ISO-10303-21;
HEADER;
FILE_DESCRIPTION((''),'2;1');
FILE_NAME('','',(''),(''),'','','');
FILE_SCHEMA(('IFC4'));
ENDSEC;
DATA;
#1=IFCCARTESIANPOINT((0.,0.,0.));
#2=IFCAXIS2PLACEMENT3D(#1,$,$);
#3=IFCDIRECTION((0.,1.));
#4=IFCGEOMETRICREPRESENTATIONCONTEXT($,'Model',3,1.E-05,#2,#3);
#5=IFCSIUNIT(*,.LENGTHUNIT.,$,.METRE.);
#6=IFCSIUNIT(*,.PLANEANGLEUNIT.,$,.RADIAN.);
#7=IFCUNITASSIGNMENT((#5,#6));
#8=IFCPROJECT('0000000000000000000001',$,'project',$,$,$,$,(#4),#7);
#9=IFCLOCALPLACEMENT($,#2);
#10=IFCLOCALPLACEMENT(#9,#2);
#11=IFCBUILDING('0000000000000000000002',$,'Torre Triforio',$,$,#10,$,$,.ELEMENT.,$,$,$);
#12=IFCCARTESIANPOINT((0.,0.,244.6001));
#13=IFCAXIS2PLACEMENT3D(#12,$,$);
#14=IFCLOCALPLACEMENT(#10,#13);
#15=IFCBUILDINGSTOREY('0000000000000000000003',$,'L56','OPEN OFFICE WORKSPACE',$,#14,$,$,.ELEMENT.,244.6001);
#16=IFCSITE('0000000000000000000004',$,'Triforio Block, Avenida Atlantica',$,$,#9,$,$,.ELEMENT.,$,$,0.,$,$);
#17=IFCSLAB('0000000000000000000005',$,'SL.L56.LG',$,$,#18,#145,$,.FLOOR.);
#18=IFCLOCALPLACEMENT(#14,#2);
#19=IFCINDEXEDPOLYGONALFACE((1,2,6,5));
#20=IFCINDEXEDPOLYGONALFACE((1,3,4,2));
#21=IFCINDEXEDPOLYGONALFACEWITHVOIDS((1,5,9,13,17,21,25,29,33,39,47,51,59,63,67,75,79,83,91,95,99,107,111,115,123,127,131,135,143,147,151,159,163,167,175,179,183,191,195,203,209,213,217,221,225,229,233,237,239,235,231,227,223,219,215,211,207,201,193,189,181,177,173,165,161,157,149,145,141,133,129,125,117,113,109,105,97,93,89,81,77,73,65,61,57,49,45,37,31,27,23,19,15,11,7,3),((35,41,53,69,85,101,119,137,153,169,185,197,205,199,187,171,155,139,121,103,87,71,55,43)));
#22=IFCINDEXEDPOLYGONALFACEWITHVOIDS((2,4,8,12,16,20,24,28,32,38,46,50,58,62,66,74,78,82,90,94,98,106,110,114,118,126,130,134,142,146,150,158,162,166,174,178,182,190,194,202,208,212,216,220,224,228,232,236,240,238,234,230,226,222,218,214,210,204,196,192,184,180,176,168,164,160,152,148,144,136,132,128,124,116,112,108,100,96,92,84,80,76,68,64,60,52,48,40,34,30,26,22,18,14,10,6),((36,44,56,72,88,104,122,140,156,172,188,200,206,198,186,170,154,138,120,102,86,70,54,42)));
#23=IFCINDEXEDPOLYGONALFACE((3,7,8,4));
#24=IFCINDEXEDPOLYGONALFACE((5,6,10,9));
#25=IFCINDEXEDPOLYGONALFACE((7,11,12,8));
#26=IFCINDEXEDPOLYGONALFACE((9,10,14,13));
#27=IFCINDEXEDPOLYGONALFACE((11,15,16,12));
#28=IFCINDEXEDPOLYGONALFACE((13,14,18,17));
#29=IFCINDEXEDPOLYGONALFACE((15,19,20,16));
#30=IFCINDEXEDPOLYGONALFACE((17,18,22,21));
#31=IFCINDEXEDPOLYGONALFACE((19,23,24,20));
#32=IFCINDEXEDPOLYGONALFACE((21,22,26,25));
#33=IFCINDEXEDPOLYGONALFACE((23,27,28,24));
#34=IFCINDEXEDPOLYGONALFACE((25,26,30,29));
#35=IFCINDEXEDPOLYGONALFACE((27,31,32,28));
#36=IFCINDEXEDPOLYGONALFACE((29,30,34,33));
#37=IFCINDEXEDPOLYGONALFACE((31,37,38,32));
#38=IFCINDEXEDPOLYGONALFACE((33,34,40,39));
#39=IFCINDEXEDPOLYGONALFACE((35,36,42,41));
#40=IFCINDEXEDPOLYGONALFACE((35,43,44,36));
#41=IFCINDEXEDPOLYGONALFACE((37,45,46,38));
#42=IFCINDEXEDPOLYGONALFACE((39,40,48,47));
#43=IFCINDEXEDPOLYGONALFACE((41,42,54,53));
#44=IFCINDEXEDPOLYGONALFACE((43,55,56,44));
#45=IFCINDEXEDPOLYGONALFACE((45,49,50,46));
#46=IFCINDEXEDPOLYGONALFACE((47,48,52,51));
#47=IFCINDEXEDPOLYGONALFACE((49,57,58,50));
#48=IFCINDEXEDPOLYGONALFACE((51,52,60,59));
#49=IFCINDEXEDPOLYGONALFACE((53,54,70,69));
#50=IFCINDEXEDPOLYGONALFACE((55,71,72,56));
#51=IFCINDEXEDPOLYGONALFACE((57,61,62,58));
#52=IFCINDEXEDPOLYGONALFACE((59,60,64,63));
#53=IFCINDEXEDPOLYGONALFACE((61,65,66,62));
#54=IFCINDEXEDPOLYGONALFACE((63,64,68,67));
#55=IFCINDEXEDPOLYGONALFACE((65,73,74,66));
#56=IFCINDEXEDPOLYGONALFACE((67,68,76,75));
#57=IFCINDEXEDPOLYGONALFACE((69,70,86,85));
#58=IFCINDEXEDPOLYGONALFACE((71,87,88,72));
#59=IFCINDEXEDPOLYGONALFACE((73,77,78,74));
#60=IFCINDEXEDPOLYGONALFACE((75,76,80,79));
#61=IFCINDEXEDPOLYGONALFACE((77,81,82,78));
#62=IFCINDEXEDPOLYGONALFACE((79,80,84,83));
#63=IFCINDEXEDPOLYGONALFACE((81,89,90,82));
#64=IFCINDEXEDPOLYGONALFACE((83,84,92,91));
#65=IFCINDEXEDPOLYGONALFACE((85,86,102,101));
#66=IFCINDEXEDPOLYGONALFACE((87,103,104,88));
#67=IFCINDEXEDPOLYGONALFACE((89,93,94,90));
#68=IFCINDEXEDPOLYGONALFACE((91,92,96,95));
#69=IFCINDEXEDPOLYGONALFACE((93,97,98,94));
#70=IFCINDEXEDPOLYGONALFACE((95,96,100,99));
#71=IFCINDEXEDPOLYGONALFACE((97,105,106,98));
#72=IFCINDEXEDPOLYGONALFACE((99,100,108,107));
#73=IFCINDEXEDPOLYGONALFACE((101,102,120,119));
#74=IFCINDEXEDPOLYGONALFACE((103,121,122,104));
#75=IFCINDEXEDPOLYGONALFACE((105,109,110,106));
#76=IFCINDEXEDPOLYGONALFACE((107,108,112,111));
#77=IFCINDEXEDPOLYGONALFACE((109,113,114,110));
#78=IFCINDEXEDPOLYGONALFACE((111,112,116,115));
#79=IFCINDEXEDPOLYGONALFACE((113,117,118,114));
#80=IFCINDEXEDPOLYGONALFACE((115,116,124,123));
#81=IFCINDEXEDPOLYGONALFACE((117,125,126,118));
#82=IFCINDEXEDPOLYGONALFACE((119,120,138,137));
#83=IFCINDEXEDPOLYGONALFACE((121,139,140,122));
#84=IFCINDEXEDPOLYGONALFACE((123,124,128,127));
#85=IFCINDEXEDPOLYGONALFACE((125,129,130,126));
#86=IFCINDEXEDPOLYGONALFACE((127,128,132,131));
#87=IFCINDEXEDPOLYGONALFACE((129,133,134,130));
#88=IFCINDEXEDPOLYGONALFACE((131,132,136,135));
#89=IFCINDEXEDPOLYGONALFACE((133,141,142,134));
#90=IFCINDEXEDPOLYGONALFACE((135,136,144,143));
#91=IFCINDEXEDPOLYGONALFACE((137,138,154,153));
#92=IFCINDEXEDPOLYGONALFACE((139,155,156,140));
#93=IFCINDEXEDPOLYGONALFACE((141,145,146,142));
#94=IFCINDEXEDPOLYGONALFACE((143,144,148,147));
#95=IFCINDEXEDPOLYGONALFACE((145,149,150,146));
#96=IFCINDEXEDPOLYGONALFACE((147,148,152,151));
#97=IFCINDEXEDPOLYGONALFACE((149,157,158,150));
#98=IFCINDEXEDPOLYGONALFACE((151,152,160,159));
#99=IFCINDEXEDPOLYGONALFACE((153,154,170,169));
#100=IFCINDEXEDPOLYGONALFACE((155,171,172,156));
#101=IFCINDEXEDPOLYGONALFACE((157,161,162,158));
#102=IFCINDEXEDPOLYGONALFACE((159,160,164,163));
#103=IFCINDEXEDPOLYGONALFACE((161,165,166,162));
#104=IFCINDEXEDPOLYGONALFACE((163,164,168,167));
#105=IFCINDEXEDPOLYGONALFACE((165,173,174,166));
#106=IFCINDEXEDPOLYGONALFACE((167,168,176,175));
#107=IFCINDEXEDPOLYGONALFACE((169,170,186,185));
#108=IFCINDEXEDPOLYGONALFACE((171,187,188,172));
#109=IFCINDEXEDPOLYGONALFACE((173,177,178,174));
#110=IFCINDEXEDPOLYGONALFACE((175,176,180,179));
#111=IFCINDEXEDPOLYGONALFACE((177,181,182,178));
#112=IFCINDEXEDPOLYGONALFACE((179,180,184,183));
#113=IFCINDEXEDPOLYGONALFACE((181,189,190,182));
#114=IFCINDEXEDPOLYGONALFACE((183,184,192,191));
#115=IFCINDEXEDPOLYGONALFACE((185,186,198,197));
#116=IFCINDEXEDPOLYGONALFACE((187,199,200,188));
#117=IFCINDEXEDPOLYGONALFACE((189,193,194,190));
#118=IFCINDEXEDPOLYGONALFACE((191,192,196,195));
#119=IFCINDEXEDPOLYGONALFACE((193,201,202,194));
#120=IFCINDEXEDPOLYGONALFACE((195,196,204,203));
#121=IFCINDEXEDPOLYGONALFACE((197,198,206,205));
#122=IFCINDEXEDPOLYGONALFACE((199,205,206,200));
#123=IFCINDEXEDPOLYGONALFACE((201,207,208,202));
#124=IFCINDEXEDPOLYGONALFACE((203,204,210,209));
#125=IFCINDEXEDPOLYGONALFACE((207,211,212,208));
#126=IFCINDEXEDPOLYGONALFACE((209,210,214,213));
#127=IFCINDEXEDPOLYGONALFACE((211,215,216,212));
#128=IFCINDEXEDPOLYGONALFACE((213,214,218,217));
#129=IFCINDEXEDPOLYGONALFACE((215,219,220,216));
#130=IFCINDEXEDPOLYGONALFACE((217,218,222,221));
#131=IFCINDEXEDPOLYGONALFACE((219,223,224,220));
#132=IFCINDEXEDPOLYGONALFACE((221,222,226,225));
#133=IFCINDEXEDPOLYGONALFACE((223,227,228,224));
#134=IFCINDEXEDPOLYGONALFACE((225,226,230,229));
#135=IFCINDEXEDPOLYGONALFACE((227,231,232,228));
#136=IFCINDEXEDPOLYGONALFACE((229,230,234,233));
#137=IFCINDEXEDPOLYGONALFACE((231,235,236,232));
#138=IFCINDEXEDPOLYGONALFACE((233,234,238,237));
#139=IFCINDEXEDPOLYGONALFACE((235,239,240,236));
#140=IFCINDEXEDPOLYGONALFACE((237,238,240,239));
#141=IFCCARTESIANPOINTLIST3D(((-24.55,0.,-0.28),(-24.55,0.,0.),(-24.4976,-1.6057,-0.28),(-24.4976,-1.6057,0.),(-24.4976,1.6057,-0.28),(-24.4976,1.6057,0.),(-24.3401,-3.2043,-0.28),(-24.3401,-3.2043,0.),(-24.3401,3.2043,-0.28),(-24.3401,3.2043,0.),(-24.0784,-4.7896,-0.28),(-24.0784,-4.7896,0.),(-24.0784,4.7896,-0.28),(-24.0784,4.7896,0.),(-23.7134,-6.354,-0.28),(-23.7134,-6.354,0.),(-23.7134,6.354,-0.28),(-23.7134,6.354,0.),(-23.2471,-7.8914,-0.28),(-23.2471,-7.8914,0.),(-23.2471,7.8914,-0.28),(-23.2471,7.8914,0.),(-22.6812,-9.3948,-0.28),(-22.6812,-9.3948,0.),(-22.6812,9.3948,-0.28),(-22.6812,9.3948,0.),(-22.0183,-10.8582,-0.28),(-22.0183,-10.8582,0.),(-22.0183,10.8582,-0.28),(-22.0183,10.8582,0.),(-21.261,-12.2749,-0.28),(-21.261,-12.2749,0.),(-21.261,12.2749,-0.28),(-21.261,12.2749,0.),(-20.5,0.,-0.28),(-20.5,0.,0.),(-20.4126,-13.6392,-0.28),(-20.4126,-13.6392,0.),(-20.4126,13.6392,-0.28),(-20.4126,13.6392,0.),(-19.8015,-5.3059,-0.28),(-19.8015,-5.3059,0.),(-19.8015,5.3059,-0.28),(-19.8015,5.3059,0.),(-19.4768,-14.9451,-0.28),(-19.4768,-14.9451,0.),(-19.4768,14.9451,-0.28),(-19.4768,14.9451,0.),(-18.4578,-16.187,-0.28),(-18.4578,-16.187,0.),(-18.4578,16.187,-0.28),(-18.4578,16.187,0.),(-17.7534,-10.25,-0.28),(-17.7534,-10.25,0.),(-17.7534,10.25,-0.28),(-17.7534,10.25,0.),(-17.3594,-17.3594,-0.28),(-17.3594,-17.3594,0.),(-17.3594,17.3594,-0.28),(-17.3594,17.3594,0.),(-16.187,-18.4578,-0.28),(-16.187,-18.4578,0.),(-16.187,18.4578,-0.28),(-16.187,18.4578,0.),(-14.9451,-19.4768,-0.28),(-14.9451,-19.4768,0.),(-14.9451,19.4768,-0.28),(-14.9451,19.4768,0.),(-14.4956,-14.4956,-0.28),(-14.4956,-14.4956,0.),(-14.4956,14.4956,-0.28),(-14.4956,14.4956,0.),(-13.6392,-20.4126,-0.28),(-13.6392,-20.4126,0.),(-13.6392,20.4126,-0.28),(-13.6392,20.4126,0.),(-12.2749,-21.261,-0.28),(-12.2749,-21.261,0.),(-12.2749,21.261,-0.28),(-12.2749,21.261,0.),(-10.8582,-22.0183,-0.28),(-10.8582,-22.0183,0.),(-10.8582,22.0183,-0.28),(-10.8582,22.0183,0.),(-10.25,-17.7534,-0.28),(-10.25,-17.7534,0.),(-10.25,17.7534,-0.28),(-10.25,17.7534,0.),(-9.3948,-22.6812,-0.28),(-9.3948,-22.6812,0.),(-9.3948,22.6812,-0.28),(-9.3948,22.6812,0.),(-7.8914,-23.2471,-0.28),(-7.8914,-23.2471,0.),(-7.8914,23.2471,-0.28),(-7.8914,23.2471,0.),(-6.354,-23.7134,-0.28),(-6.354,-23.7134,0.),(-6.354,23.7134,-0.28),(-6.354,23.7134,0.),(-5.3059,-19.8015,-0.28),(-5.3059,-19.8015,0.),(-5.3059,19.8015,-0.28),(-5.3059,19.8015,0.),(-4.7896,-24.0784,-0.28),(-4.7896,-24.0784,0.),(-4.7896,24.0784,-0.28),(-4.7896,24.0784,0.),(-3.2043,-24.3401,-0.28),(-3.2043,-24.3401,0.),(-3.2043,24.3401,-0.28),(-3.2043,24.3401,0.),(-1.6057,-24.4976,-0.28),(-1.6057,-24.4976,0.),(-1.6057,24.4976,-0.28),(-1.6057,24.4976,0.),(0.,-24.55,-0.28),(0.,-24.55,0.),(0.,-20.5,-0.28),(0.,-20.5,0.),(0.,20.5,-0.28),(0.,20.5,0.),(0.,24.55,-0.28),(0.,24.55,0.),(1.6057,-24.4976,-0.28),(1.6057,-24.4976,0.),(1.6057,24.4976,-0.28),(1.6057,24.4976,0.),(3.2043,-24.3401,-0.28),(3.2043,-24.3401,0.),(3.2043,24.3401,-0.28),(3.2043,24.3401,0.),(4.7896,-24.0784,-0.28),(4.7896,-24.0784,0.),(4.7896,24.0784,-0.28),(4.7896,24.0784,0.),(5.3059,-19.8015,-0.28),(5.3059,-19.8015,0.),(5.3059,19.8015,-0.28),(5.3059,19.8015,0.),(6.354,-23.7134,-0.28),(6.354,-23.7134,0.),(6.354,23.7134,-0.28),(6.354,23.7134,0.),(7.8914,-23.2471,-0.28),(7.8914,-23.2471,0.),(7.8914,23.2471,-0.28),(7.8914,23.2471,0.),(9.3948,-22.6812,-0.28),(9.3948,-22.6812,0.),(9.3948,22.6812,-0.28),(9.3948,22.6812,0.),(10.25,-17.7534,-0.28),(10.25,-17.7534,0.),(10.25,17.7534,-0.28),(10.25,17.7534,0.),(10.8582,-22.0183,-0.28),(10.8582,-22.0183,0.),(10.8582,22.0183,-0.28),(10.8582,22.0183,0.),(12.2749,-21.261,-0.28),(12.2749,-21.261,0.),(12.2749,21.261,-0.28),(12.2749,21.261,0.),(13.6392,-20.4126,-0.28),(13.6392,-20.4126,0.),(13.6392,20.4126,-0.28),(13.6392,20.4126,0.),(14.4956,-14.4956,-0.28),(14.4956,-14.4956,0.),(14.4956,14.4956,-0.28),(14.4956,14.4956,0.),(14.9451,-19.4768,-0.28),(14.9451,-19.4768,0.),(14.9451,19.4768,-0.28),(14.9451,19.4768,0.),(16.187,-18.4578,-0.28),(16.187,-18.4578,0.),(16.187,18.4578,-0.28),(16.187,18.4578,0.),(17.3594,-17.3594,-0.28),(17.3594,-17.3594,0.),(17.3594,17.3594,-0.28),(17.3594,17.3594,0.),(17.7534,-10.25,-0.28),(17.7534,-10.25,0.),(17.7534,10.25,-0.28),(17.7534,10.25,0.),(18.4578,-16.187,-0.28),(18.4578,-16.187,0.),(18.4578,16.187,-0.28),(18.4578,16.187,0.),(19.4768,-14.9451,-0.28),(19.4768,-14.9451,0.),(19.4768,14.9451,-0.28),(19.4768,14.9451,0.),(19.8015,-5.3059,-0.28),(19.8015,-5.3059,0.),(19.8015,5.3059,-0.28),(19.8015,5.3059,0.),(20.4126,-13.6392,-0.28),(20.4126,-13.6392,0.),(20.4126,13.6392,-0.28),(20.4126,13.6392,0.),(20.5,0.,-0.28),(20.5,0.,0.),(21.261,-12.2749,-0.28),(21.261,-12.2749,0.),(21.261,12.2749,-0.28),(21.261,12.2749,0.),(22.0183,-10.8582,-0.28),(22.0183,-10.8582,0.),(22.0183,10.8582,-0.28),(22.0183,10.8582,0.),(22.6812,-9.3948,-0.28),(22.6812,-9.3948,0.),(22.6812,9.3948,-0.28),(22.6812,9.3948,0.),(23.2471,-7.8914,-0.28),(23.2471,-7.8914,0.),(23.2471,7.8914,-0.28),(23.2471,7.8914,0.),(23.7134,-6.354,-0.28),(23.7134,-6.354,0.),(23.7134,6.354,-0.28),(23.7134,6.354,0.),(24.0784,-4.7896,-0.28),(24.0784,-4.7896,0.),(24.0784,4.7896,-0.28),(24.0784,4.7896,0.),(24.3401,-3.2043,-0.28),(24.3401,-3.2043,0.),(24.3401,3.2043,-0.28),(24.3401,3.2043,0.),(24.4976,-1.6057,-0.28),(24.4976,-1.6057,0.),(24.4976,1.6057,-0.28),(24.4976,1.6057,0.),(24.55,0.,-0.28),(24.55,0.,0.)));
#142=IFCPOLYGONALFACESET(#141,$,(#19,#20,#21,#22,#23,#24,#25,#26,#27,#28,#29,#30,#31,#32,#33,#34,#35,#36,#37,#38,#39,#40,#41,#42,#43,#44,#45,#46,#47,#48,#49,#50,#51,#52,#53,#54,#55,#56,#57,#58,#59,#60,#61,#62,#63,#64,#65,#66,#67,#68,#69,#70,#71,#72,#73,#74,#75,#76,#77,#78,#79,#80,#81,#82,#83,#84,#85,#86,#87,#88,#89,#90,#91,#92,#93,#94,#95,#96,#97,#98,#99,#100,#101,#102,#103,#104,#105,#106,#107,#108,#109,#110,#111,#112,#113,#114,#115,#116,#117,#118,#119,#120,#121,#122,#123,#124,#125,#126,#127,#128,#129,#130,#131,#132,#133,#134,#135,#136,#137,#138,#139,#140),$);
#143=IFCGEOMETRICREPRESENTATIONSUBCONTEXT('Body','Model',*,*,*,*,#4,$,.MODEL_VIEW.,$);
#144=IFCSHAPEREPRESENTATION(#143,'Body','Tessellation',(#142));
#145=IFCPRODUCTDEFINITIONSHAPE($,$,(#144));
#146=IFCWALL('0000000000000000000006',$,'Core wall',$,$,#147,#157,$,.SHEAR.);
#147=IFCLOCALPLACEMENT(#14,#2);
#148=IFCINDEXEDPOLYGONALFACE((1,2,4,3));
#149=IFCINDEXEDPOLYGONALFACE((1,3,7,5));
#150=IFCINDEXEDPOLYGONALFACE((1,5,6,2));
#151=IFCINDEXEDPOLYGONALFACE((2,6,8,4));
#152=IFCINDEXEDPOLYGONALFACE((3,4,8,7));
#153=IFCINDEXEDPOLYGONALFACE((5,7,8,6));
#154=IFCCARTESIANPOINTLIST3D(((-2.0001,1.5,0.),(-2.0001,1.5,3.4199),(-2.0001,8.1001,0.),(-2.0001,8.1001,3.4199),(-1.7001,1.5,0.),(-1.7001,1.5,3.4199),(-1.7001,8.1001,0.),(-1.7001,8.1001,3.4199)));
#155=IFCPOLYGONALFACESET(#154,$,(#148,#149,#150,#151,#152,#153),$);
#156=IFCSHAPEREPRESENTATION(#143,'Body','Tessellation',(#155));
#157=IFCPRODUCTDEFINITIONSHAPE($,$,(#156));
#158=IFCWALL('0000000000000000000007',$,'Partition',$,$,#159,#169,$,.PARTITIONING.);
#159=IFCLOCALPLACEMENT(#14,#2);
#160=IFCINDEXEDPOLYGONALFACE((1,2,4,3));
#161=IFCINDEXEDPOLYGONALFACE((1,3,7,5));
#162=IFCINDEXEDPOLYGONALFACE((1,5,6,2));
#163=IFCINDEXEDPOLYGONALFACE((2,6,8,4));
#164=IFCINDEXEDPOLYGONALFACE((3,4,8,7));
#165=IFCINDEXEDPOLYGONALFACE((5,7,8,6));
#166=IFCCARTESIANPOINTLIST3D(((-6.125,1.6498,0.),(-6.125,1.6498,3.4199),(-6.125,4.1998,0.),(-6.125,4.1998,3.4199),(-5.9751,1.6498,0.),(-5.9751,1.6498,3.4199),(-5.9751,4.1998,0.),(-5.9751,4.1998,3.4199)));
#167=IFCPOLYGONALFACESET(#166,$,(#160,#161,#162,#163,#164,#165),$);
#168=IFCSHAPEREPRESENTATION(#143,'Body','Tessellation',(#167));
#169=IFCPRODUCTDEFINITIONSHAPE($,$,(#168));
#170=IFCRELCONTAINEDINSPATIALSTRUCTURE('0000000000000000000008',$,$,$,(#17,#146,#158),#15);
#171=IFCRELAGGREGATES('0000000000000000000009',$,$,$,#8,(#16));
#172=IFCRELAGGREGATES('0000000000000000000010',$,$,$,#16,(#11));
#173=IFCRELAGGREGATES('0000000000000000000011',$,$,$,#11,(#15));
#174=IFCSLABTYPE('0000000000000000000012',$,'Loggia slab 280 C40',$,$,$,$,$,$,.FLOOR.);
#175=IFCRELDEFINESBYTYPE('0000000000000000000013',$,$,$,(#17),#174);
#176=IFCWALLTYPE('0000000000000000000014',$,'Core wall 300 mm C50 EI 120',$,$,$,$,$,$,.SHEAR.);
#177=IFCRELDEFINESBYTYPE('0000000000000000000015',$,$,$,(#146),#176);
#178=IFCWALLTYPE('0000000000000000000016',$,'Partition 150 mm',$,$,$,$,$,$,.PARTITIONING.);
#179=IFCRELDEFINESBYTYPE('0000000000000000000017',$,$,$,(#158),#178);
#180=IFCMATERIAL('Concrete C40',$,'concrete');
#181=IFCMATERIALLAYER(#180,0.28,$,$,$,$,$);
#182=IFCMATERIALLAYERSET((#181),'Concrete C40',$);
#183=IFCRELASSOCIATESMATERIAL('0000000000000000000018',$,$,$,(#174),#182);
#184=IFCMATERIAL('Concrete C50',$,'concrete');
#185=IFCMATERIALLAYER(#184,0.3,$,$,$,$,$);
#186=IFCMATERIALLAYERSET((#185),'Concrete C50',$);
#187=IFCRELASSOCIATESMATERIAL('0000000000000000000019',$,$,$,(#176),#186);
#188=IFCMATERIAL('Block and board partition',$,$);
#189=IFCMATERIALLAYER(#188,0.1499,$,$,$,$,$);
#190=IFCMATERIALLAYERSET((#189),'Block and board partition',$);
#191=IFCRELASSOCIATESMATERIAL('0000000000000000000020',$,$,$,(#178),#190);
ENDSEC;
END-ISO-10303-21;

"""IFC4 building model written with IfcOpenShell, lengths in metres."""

from ifc_helpers import new_model, si_unit, direction, frame, frame_2d, origin, place, context, subcontext, project, spatial, polyline, rectangle, outline, extrude, material, layer, layer_set, type_object, element, save


model = new_model("IFC4")

# Units and contexts
model_context = context("Model", 3, precision=1e-05, world=origin(), true_north=direction((0.0, 1.0)))
body_context = subcontext(model_context, "Body", "Model", "MODEL_VIEW")
ifc_project = project(units=[si_unit("LENGTHUNIT", "METRE"), si_unit("PLANEANGLEUNIT", "RADIAN")], contexts=[model_context])

# Site, building, storey
site_placement = place(None, origin())
site = spatial("IfcSite", under=ifc_project, at=site_placement, Name="Triforio Block, Avenida Atlantica", CompositionType="ELEMENT", RefElevation=0.0)
building_placement = place(site_placement, origin())
building = spatial("IfcBuilding", under=site, at=building_placement, Name="Torre Triforio", CompositionType="ELEMENT")
storey_placement = place(building_placement, frame((0.0, 0.0, 244.6001)))
storey = spatial("IfcBuildingStorey", under=building, at=storey_placement, Name="L56", Description="OPEN OFFICE WORKSPACE", CompositionType="ELEMENT", Elevation=244.6001)

# Shared definitions
ifc_material_1 = material(Name="Concrete C40", Category="concrete")

# Slab
ifc_layer_1 = layer(ifc_material_1, 0.28)
ifc_layer_set_1 = layer_set([ifc_layer_1], Name="Concrete C40")
slab_type_1 = type_object("IfcSlabType", Name="Loggia slab 280 C40", PredefinedType="FLOOR", material=ifc_layer_set_1)
slab_1_placement = place(storey_placement, frame((0.0, 0.0, -0.28)))
element("IfcSlab", 1, at=slab_1_placement, inside=storey, type_object=slab_type_1, Name="SL.L56.LG", PredefinedType="FLOOR", context=body_context, shape_type="SweptSolid", body=[
    extrude(outline(polyline([(24.4976, -1.6057), (24.55, 0.0), (24.4976, 1.6057), (24.3401, 3.2043), (24.0784, 4.7896), (23.7134, 6.354), (23.2471, 7.8914), (22.6812, 9.3948), (22.0183, 10.8582), (21.261, 12.2749), (20.4126, 13.6392), (19.4768, 14.9451), (18.4578, 16.187), (17.3594, 17.3594), (16.187, 18.4578), (14.9451, 19.4768), (13.6392, 20.4126), (12.2749, 21.261), (10.8582, 22.0183), (9.3948, 22.6812), (7.8914, 23.2471), (6.354, 23.7134), (4.7896, 24.0784), (3.2043, 24.3401), (1.6057, 24.4976), (0.0, 24.55), (-1.6057, 24.4976), (-3.2043, 24.3401), (-4.7896, 24.0784), (-6.354, 23.7134), (-7.8914, 23.2471), (-9.3948, 22.6812), (-10.8582, 22.0183), (-12.2749, 21.261), (-13.6392, 20.4126), (-14.9451, 19.4768), (-16.187, 18.4578), (-17.3594, 17.3594), (-18.4578, 16.187), (-19.4768, 14.9451), (-20.4126, 13.6392), (-21.261, 12.2749), (-22.0183, 10.8582), (-22.6812, 9.3948), (-23.2471, 7.8914), (-23.7134, 6.354), (-24.0784, 4.7896), (-24.3401, 3.2043), (-24.4976, 1.6057), (-24.55, 0.0), (-24.4976, -1.6057), (-24.3401, -3.2043), (-24.0784, -4.7896), (-23.7134, -6.354), (-23.2471, -7.8914), (-22.6812, -9.3948), (-22.0183, -10.8582), (-21.261, -12.2749), (-20.4126, -13.6392), (-19.4768, -14.9451), (-18.4578, -16.187), (-17.3594, -17.3594), (-16.187, -18.4578), (-14.9451, -19.4768), (-13.6392, -20.4126), (-12.2749, -21.261), (-10.8582, -22.0183), (-9.3948, -22.6812), (-7.8914, -23.2471), (-6.354, -23.7134), (-4.7896, -24.0784), (-3.2043, -24.3401), (-1.6057, -24.4976), (0.0, -24.55), (1.6057, -24.4976), (3.2043, -24.3401), (4.7896, -24.0784), (6.354, -23.7134), (7.8914, -23.2471), (9.3948, -22.6812), (10.8582, -22.0183), (12.2749, -21.261), (13.6392, -20.4126), (14.9451, -19.4768), (16.187, -18.4578), (17.3594, -17.3594), (18.4578, -16.187), (19.4768, -14.9451), (20.4126, -13.6392), (21.261, -12.2749), (22.0183, -10.8582), (22.6812, -9.3948), (23.2471, -7.8914), (23.7134, -6.354), (24.0784, -4.7896), (24.3401, -3.2043), (24.4976, -1.6057)]), holes=[polyline([(19.8015, 5.3059), (20.5, 0.0), (19.8015, -5.3059), (17.7534, -10.25), (14.4956, -14.4956), (10.25, -17.7534), (5.3059, -19.8015), (0.0, -20.5), (-5.3059, -19.8015), (-10.25, -17.7534), (-14.4956, -14.4956), (-17.7534, -10.25), (-19.8015, -5.3059), (-20.5, 0.0), (-19.8015, 5.3059), (-17.7534, 10.25), (-14.4956, 14.4956), (-10.25, 17.7534), (-5.3059, 19.8015), (0.0, 20.5), (5.3059, 19.8015), (10.25, 17.7534), (14.4956, 14.4956), (17.7534, 10.25), (19.8015, 5.3059)])]), origin(), (0.0, 0.0, 1.0), 0.28),
])

# Walls
ifc_material_2 = material(Name="Concrete C50", Category="concrete")
ifc_layer_2 = layer(ifc_material_2, 0.3)
ifc_layer_set_2 = layer_set([ifc_layer_2], Name="Concrete C50")
wall_type_1 = type_object("IfcWallType", Name="Core wall 300 mm C50 EI 120", PredefinedType="SHEAR", material=ifc_layer_set_2)
wall_1_placement = place(storey_placement, frame((-1.8501, 1.5, 0.0), z_axis=(0.0, 0.0, 1.0), x_axis=(0.0, 1.0, 0.0)))
element("IfcWall", 2, at=wall_1_placement, inside=storey, type_object=wall_type_1, Name="Core wall", PredefinedType="SHEAR", context=body_context, shape_type="SweptSolid", body=[
    extrude(rectangle(XDim=6.6001, YDim=0.3, at=frame_2d((3.3, 0.0))), origin(), (0.0, 0.0, 1.0), 3.4199),
])
ifc_material_3 = material(Name="Block and board partition")
ifc_layer_3 = layer(ifc_material_3, 0.1499)
ifc_layer_set_3 = layer_set([ifc_layer_3], Name="Block and board partition")
wall_type_2 = type_object("IfcWallType", Name="Partition 150 mm", PredefinedType="PARTITIONING", material=ifc_layer_set_3)
wall_2_placement = place(storey_placement, frame((-6.05, 1.6499, 0.0), z_axis=(0.0, 0.0, 1.0), x_axis=(0.0, 1.0, 0.0)))
element("IfcWall", 3, at=wall_2_placement, inside=storey, type_object=wall_type_2, Name="Partition", PredefinedType="PARTITIONING", context=body_context, shape_type="SweptSolid", body=[
    extrude(rectangle(XDim=2.55, YDim=0.1499, at=frame_2d((1.2749, 0.0))), origin(), (0.0, 0.0, 1.0), 3.4199),
])

save(model, "model.ifc")
